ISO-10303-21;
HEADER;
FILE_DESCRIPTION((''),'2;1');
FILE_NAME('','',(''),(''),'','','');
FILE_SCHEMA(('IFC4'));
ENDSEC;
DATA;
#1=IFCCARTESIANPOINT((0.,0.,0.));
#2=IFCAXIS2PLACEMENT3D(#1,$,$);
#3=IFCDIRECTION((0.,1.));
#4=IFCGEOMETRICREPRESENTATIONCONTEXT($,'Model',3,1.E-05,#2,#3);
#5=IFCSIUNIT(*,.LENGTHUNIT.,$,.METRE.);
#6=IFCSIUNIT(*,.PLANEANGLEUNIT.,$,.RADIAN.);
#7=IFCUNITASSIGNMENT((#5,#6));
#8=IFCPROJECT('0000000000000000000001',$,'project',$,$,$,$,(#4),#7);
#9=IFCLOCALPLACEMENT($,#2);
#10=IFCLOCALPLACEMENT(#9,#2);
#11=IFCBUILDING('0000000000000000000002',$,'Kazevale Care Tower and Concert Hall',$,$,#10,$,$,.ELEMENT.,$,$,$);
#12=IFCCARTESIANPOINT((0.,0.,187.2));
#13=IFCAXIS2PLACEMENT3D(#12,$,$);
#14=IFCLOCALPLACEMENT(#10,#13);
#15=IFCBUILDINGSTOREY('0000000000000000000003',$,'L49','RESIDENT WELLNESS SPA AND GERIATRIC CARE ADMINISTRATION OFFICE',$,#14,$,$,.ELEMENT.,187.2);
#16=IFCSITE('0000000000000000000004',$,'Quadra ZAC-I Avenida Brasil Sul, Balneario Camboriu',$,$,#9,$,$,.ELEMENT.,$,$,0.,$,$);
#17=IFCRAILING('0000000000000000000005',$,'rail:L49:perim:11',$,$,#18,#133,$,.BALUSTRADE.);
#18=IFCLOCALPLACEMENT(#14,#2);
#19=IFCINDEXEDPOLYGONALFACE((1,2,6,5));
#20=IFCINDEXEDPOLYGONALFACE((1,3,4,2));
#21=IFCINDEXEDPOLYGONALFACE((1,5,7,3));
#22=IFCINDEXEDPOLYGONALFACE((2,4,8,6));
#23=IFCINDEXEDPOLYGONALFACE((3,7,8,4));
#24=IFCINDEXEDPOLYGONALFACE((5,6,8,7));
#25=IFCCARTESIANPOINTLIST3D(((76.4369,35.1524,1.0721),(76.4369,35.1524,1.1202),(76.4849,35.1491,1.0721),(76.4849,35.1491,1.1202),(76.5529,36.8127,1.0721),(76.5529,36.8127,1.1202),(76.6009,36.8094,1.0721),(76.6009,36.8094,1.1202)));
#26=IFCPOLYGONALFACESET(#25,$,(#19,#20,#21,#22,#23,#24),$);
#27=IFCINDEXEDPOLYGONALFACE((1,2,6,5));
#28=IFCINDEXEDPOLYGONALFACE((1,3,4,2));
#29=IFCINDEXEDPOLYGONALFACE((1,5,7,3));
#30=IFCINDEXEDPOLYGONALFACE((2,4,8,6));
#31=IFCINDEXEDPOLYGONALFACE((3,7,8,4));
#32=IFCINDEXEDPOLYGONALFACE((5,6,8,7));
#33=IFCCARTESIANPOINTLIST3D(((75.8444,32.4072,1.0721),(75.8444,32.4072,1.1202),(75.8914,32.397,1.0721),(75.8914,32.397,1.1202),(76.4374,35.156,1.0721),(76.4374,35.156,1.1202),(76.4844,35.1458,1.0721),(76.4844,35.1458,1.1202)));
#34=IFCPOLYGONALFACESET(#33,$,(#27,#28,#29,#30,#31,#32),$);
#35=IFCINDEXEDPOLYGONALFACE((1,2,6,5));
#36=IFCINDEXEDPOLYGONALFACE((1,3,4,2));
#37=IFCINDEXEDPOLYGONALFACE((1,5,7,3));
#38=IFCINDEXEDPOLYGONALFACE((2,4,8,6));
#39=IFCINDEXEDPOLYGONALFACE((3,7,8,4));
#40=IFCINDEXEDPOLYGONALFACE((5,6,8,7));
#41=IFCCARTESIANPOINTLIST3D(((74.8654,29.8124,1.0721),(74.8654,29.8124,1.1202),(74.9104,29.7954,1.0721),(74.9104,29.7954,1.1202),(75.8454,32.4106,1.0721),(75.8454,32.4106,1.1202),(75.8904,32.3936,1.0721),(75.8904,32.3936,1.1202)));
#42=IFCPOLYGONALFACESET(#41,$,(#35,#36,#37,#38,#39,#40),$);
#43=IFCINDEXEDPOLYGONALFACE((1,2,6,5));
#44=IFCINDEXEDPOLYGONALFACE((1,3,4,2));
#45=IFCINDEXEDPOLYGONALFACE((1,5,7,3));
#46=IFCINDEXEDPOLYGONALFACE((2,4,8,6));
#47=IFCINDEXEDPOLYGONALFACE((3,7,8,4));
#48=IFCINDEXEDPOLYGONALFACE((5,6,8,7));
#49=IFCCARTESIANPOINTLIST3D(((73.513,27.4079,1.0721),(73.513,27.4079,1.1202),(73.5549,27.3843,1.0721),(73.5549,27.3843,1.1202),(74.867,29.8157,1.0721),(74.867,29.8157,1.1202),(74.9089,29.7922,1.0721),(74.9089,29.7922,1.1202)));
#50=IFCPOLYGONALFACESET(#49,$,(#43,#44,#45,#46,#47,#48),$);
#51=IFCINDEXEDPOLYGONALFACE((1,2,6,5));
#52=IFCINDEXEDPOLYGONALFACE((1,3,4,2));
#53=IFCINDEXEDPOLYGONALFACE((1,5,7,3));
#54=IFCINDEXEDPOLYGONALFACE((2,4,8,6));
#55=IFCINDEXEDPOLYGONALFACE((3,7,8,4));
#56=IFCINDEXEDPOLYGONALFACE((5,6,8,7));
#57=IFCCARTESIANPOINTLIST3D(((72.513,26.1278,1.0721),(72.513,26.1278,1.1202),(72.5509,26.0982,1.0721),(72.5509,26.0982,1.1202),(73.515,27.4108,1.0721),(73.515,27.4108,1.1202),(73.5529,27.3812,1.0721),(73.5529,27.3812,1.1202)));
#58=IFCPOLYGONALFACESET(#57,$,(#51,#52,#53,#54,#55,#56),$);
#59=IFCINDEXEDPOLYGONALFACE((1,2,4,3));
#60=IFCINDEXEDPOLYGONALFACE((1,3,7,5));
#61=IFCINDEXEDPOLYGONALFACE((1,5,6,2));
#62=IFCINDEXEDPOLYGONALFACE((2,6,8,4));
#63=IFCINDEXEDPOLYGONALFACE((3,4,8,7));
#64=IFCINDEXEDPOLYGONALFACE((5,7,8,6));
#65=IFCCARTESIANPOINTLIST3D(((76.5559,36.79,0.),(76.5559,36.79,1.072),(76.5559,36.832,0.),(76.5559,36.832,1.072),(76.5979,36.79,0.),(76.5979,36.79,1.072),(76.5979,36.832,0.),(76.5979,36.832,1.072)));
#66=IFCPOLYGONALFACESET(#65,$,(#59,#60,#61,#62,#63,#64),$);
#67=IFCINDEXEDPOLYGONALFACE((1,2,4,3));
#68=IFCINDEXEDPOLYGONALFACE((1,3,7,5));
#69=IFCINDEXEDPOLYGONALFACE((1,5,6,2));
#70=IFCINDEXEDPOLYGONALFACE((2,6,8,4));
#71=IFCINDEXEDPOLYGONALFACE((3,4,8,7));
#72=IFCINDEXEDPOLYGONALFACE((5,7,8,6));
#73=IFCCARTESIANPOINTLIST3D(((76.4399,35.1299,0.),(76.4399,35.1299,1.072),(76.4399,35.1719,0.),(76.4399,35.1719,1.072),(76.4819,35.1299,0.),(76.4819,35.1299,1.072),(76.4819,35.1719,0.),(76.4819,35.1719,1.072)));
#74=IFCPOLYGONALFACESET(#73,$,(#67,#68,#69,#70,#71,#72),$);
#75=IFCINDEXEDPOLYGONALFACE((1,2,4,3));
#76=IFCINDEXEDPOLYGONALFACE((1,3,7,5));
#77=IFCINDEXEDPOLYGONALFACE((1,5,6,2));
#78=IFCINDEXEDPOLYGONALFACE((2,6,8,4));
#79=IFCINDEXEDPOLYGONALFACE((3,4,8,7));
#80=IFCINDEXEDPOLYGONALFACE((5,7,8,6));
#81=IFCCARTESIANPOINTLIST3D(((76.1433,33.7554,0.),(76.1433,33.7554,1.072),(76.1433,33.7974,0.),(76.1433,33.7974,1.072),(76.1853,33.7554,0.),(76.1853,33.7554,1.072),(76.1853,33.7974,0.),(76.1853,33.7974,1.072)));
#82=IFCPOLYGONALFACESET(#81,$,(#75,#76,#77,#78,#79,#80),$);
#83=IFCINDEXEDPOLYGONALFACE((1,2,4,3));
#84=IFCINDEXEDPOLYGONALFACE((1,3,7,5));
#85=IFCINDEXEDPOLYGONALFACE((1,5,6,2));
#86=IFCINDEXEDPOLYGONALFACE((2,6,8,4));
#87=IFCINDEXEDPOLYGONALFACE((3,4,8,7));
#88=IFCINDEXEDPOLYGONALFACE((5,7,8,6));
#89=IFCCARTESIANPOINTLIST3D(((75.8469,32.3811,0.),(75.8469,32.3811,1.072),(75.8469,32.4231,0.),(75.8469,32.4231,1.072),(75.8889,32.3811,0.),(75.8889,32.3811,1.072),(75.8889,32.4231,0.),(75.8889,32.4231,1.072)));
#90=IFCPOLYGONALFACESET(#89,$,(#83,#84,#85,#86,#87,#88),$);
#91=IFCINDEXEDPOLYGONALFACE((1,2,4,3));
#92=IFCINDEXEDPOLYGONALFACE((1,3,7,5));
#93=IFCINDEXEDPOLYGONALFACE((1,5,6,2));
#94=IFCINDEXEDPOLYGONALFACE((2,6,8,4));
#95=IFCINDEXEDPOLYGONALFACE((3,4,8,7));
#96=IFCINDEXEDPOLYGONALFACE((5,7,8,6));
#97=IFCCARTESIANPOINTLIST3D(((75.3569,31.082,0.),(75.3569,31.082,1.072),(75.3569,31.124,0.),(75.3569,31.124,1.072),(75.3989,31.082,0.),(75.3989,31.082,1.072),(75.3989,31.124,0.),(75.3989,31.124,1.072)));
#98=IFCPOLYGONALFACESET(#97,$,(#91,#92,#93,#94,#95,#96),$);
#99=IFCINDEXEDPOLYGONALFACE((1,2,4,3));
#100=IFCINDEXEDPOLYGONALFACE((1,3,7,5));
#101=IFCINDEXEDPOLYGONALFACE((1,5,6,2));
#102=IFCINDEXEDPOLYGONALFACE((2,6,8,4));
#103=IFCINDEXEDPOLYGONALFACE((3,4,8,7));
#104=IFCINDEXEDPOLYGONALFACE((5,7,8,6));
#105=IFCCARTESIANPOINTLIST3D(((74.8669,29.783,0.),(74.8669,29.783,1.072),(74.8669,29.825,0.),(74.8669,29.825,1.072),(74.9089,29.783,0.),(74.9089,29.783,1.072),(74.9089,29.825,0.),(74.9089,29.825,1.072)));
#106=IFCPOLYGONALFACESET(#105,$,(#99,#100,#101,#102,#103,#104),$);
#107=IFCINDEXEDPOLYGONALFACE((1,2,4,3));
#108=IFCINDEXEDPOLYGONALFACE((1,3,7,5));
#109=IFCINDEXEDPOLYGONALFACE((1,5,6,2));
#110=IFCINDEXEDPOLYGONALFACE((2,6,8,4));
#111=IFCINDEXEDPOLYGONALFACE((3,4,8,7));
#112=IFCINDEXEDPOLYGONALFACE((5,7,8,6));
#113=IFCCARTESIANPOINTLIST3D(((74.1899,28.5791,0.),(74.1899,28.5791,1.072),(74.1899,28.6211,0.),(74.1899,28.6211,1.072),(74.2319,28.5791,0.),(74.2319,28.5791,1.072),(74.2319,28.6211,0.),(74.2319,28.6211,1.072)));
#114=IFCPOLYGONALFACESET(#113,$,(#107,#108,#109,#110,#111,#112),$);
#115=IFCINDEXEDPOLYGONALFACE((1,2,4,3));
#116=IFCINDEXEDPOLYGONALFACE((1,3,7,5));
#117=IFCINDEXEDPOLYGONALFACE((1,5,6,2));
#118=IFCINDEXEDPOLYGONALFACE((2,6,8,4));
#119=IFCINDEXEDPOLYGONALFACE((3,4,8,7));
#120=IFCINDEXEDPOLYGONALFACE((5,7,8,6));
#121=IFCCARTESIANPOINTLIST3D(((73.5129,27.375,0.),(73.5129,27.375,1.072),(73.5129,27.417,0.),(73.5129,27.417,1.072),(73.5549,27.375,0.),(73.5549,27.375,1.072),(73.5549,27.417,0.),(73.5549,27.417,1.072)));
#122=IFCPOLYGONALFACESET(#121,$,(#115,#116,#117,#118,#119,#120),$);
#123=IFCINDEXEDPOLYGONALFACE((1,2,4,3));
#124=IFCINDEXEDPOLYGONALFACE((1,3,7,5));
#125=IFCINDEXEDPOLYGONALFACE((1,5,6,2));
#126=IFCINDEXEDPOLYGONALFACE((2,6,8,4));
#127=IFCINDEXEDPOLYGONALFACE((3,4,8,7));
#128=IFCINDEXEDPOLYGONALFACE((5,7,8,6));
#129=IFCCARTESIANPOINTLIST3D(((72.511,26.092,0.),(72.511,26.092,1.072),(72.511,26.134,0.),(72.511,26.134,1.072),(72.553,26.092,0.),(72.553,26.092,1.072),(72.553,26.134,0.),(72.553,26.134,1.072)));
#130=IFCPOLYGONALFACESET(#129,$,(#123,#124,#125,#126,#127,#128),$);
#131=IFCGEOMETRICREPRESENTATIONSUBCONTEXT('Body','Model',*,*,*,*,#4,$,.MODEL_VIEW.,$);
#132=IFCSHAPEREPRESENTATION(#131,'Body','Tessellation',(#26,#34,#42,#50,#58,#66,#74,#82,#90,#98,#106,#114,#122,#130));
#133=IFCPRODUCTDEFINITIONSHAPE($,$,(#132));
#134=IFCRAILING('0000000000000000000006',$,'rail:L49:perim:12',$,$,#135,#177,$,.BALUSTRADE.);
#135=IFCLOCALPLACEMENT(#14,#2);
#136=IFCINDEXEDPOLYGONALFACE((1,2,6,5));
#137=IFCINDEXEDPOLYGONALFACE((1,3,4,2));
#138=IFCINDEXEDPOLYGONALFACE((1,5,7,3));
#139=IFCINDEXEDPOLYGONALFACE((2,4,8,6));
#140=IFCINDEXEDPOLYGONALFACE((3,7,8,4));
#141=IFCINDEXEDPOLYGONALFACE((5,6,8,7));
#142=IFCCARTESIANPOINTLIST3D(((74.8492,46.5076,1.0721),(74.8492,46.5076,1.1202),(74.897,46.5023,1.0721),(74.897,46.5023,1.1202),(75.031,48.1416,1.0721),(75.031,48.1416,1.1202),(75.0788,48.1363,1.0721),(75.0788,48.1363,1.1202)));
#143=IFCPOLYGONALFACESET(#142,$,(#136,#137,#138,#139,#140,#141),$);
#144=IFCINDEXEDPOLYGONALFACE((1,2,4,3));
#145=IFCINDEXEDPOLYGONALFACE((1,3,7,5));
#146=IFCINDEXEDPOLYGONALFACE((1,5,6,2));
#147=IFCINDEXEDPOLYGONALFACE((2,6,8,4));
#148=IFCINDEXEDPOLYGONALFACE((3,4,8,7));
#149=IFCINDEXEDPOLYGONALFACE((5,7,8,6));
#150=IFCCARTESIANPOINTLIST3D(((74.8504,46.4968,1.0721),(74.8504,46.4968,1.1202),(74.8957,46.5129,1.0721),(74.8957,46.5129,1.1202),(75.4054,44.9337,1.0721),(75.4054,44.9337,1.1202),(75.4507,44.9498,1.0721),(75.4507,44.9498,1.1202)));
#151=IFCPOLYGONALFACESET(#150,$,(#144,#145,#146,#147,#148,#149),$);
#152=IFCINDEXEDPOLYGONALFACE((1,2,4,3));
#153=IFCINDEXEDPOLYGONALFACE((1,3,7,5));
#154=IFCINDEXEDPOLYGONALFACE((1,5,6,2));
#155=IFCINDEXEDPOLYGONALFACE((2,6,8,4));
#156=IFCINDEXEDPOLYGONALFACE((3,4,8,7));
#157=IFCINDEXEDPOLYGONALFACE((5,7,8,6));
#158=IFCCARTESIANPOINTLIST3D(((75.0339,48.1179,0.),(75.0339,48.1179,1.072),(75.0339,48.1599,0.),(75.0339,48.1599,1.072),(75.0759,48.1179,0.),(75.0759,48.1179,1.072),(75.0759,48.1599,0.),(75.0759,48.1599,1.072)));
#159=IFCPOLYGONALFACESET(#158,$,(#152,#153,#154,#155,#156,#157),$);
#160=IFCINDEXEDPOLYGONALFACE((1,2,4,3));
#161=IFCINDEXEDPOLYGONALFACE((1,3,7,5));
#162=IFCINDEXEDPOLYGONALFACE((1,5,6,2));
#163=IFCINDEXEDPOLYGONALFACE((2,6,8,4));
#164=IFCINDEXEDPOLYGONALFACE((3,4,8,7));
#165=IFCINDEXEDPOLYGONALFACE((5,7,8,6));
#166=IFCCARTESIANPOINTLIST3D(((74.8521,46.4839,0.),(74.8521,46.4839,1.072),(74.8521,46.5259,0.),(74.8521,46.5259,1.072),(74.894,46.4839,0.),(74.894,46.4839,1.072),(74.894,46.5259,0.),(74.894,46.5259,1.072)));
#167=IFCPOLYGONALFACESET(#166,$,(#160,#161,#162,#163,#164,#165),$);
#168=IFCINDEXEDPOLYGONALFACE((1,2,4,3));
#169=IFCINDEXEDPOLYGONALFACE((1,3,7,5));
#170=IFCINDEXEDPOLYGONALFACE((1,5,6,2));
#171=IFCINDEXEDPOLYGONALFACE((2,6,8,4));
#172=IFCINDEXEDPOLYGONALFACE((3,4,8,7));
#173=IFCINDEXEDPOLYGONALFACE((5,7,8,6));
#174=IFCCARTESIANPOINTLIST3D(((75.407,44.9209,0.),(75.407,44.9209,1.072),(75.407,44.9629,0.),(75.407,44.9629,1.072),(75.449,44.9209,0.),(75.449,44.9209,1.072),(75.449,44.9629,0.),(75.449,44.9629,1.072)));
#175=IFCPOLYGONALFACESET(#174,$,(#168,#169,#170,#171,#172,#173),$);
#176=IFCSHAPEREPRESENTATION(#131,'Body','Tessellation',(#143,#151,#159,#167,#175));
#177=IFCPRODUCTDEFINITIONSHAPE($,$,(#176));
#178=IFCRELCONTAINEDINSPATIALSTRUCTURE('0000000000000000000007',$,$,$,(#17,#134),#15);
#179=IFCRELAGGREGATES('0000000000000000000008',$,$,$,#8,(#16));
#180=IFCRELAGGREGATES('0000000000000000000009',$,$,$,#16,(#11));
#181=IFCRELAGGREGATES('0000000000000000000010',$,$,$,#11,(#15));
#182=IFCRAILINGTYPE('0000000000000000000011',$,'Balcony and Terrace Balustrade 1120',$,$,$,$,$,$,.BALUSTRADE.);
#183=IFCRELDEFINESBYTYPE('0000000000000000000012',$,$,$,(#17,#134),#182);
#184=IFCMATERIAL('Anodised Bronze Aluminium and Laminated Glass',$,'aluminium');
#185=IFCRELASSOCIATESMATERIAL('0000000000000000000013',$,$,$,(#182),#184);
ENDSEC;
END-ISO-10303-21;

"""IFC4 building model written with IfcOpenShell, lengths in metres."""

from ifc_helpers import new_model, si_unit, direction, frame, origin, origin_2d, place, context, subcontext, project, spatial, rectangle, extrude, material, type_object, element, save


model = new_model("IFC4")

# Units and contexts
model_context = context("Model", 3, precision=1e-05, world=origin(), true_north=direction((0.0, 1.0)))
body_context = subcontext(model_context, "Body", "Model", "MODEL_VIEW")
ifc_project = project(units=[si_unit("LENGTHUNIT", "METRE"), si_unit("PLANEANGLEUNIT", "RADIAN")], contexts=[model_context])

# Site, building, storey
site_placement = place(None, origin())
site = spatial("IfcSite", under=ifc_project, at=site_placement, Name="Quadra ZAC-I Avenida Brasil Sul, Balneario Camboriu", CompositionType="ELEMENT", RefElevation=0.0)
building_placement = place(site_placement, origin())
building = spatial("IfcBuilding", under=site, at=building_placement, Name="Kazevale Care Tower and Concert Hall", CompositionType="ELEMENT")
storey_placement = place(building_placement, frame((0.0, 0.0, 187.2)))
storey = spatial("IfcBuildingStorey", under=building, at=storey_placement, Name="L49", Description="RESIDENT WELLNESS SPA AND GERIATRIC CARE ADMINISTRATION OFFICE", CompositionType="ELEMENT", Elevation=187.2)

# Railings
ifc_material_1 = material(Name="Anodised Bronze Aluminium and Laminated Glass", Category="aluminium")
railing_type = type_object("IfcRailingType", Name="Balcony and Terrace Balustrade 1120", PredefinedType="BALUSTRADE", material=ifc_material_1)
railing_1_placement = place(storey_placement, frame((76.5769, 36.811, 0.0)))
element("IfcRailing", 1, at=railing_1_placement, inside=storey, type_object=railing_type, Name="rail:L49:perim:11", PredefinedType="BALUSTRADE", context=body_context, shape_type="SweptSolid", body=[
    extrude(rectangle(XDim=0.0481, YDim=0.0481, at=origin_2d()), frame((0.0, 0.0, 1.0962), z_axis=(-0.069683, -0.997569, 0.0), x_axis=(0.997569, -0.069683, 0.0)), (0.0, 0.0, 1.0), 1.6643),
    extrude(rectangle(XDim=0.0481, YDim=0.0481, at=origin_2d()), frame((-0.116, -1.6602, 1.0962), z_axis=(-0.210887, -0.977511, 0.0), x_axis=(0.977511, -0.210887, 0.0)), (0.0, 0.0, 1.0), 2.812),
    extrude(rectangle(XDim=0.0481, YDim=0.0481, at=origin_2d()), frame((-0.709, -4.4089, 1.0962), z_axis=(-0.352915, -0.935655, 0.0), x_axis=(0.935655, -0.352915, 0.0)), (0.0, 0.0, 1.0), 2.7769),
    extrude(rectangle(XDim=0.0481, YDim=0.0481, at=origin_2d()), frame((-1.689, -7.0071, 1.0962), z_axis=(-0.490131, -0.871649, 0.0), x_axis=(0.871649, -0.490131, 0.0)), (0.0, 0.0, 1.0), 2.7625),
    extrude(rectangle(XDim=0.0481, YDim=0.0481, at=origin_2d()), frame((-3.043, -9.415, 1.0962), z_axis=(-0.615507, -0.788131, 0.0), x_axis=(0.788131, -0.615507, 0.0)), (0.0, 0.0, 1.0), 1.6279),
    extrude(rectangle(XDim=0.042, YDim=0.042, at=origin_2d()), origin(), (0.0, 0.0, 1.0), 1.072),
    extrude(rectangle(XDim=0.042, YDim=0.042, at=origin_2d()), frame((-0.116, -1.6602, 0.0)), (0.0, 0.0, 1.0), 1.072),
    extrude(rectangle(XDim=0.042, YDim=0.042, at=origin_2d()), frame((-0.4126, -3.0347, 0.0)), (0.0, 0.0, 1.0), 1.072),
    extrude(rectangle(XDim=0.042, YDim=0.042, at=origin_2d()), frame((-0.709, -4.4089, 0.0)), (0.0, 0.0, 1.0), 1.072),
    extrude(rectangle(XDim=0.042, YDim=0.042, at=origin_2d()), frame((-1.199, -5.708, 0.0)), (0.0, 0.0, 1.0), 1.072),
    extrude(rectangle(XDim=0.042, YDim=0.042, at=origin_2d()), frame((-1.689, -7.0071, 0.0)), (0.0, 0.0, 1.0), 1.072),
    extrude(rectangle(XDim=0.042, YDim=0.042, at=origin_2d()), frame((-2.366, -8.2109, 0.0)), (0.0, 0.0, 1.0), 1.072),
    extrude(rectangle(XDim=0.042, YDim=0.042, at=origin_2d()), frame((-3.043, -9.415, 0.0)), (0.0, 0.0, 1.0), 1.072),
    extrude(rectangle(XDim=0.042, YDim=0.042, at=origin_2d()), frame((-4.0449, -10.698, 0.0)), (0.0, 0.0, 1.0), 1.072),
])
railing_2_placement = place(storey_placement, frame((75.0549, 48.1389, 0.0)))
element("IfcRailing", 2, at=railing_2_placement, inside=storey, type_object=railing_type, Name="rail:L49:perim:12", PredefinedType="BALUSTRADE", context=body_context, shape_type="SweptSolid", body=[
    extrude(rectangle(XDim=0.0481, YDim=0.0481, at=origin_2d()), frame((0.0, 0.0, 1.0962), z_axis=(-0.110627, -0.993862, 0.0), x_axis=(0.993862, -0.110627, 0.0)), (0.0, 0.0, 1.0), 1.644),
    extrude(rectangle(XDim=0.0481, YDim=0.0481, at=origin_2d()), frame((-0.1819, -1.634, 1.0962), z_axis=(0.334583, -0.942366, 0.0), x_axis=(0.942366, 0.334583, 0.0)), (0.0, 0.0, 1.0), 1.6587),
    extrude(rectangle(XDim=0.042, YDim=0.042, at=origin_2d()), origin(), (0.0, 0.0, 1.0), 1.072),
    extrude(rectangle(XDim=0.042, YDim=0.042, at=origin_2d()), frame((-0.1819, -1.634, 0.0)), (0.0, 0.0, 1.0), 1.072),
    extrude(rectangle(XDim=0.042, YDim=0.042, at=origin_2d()), frame((0.373, -3.197, 0.0)), (0.0, 0.0, 1.0), 1.072),
])

save(model, "model.ifc")
